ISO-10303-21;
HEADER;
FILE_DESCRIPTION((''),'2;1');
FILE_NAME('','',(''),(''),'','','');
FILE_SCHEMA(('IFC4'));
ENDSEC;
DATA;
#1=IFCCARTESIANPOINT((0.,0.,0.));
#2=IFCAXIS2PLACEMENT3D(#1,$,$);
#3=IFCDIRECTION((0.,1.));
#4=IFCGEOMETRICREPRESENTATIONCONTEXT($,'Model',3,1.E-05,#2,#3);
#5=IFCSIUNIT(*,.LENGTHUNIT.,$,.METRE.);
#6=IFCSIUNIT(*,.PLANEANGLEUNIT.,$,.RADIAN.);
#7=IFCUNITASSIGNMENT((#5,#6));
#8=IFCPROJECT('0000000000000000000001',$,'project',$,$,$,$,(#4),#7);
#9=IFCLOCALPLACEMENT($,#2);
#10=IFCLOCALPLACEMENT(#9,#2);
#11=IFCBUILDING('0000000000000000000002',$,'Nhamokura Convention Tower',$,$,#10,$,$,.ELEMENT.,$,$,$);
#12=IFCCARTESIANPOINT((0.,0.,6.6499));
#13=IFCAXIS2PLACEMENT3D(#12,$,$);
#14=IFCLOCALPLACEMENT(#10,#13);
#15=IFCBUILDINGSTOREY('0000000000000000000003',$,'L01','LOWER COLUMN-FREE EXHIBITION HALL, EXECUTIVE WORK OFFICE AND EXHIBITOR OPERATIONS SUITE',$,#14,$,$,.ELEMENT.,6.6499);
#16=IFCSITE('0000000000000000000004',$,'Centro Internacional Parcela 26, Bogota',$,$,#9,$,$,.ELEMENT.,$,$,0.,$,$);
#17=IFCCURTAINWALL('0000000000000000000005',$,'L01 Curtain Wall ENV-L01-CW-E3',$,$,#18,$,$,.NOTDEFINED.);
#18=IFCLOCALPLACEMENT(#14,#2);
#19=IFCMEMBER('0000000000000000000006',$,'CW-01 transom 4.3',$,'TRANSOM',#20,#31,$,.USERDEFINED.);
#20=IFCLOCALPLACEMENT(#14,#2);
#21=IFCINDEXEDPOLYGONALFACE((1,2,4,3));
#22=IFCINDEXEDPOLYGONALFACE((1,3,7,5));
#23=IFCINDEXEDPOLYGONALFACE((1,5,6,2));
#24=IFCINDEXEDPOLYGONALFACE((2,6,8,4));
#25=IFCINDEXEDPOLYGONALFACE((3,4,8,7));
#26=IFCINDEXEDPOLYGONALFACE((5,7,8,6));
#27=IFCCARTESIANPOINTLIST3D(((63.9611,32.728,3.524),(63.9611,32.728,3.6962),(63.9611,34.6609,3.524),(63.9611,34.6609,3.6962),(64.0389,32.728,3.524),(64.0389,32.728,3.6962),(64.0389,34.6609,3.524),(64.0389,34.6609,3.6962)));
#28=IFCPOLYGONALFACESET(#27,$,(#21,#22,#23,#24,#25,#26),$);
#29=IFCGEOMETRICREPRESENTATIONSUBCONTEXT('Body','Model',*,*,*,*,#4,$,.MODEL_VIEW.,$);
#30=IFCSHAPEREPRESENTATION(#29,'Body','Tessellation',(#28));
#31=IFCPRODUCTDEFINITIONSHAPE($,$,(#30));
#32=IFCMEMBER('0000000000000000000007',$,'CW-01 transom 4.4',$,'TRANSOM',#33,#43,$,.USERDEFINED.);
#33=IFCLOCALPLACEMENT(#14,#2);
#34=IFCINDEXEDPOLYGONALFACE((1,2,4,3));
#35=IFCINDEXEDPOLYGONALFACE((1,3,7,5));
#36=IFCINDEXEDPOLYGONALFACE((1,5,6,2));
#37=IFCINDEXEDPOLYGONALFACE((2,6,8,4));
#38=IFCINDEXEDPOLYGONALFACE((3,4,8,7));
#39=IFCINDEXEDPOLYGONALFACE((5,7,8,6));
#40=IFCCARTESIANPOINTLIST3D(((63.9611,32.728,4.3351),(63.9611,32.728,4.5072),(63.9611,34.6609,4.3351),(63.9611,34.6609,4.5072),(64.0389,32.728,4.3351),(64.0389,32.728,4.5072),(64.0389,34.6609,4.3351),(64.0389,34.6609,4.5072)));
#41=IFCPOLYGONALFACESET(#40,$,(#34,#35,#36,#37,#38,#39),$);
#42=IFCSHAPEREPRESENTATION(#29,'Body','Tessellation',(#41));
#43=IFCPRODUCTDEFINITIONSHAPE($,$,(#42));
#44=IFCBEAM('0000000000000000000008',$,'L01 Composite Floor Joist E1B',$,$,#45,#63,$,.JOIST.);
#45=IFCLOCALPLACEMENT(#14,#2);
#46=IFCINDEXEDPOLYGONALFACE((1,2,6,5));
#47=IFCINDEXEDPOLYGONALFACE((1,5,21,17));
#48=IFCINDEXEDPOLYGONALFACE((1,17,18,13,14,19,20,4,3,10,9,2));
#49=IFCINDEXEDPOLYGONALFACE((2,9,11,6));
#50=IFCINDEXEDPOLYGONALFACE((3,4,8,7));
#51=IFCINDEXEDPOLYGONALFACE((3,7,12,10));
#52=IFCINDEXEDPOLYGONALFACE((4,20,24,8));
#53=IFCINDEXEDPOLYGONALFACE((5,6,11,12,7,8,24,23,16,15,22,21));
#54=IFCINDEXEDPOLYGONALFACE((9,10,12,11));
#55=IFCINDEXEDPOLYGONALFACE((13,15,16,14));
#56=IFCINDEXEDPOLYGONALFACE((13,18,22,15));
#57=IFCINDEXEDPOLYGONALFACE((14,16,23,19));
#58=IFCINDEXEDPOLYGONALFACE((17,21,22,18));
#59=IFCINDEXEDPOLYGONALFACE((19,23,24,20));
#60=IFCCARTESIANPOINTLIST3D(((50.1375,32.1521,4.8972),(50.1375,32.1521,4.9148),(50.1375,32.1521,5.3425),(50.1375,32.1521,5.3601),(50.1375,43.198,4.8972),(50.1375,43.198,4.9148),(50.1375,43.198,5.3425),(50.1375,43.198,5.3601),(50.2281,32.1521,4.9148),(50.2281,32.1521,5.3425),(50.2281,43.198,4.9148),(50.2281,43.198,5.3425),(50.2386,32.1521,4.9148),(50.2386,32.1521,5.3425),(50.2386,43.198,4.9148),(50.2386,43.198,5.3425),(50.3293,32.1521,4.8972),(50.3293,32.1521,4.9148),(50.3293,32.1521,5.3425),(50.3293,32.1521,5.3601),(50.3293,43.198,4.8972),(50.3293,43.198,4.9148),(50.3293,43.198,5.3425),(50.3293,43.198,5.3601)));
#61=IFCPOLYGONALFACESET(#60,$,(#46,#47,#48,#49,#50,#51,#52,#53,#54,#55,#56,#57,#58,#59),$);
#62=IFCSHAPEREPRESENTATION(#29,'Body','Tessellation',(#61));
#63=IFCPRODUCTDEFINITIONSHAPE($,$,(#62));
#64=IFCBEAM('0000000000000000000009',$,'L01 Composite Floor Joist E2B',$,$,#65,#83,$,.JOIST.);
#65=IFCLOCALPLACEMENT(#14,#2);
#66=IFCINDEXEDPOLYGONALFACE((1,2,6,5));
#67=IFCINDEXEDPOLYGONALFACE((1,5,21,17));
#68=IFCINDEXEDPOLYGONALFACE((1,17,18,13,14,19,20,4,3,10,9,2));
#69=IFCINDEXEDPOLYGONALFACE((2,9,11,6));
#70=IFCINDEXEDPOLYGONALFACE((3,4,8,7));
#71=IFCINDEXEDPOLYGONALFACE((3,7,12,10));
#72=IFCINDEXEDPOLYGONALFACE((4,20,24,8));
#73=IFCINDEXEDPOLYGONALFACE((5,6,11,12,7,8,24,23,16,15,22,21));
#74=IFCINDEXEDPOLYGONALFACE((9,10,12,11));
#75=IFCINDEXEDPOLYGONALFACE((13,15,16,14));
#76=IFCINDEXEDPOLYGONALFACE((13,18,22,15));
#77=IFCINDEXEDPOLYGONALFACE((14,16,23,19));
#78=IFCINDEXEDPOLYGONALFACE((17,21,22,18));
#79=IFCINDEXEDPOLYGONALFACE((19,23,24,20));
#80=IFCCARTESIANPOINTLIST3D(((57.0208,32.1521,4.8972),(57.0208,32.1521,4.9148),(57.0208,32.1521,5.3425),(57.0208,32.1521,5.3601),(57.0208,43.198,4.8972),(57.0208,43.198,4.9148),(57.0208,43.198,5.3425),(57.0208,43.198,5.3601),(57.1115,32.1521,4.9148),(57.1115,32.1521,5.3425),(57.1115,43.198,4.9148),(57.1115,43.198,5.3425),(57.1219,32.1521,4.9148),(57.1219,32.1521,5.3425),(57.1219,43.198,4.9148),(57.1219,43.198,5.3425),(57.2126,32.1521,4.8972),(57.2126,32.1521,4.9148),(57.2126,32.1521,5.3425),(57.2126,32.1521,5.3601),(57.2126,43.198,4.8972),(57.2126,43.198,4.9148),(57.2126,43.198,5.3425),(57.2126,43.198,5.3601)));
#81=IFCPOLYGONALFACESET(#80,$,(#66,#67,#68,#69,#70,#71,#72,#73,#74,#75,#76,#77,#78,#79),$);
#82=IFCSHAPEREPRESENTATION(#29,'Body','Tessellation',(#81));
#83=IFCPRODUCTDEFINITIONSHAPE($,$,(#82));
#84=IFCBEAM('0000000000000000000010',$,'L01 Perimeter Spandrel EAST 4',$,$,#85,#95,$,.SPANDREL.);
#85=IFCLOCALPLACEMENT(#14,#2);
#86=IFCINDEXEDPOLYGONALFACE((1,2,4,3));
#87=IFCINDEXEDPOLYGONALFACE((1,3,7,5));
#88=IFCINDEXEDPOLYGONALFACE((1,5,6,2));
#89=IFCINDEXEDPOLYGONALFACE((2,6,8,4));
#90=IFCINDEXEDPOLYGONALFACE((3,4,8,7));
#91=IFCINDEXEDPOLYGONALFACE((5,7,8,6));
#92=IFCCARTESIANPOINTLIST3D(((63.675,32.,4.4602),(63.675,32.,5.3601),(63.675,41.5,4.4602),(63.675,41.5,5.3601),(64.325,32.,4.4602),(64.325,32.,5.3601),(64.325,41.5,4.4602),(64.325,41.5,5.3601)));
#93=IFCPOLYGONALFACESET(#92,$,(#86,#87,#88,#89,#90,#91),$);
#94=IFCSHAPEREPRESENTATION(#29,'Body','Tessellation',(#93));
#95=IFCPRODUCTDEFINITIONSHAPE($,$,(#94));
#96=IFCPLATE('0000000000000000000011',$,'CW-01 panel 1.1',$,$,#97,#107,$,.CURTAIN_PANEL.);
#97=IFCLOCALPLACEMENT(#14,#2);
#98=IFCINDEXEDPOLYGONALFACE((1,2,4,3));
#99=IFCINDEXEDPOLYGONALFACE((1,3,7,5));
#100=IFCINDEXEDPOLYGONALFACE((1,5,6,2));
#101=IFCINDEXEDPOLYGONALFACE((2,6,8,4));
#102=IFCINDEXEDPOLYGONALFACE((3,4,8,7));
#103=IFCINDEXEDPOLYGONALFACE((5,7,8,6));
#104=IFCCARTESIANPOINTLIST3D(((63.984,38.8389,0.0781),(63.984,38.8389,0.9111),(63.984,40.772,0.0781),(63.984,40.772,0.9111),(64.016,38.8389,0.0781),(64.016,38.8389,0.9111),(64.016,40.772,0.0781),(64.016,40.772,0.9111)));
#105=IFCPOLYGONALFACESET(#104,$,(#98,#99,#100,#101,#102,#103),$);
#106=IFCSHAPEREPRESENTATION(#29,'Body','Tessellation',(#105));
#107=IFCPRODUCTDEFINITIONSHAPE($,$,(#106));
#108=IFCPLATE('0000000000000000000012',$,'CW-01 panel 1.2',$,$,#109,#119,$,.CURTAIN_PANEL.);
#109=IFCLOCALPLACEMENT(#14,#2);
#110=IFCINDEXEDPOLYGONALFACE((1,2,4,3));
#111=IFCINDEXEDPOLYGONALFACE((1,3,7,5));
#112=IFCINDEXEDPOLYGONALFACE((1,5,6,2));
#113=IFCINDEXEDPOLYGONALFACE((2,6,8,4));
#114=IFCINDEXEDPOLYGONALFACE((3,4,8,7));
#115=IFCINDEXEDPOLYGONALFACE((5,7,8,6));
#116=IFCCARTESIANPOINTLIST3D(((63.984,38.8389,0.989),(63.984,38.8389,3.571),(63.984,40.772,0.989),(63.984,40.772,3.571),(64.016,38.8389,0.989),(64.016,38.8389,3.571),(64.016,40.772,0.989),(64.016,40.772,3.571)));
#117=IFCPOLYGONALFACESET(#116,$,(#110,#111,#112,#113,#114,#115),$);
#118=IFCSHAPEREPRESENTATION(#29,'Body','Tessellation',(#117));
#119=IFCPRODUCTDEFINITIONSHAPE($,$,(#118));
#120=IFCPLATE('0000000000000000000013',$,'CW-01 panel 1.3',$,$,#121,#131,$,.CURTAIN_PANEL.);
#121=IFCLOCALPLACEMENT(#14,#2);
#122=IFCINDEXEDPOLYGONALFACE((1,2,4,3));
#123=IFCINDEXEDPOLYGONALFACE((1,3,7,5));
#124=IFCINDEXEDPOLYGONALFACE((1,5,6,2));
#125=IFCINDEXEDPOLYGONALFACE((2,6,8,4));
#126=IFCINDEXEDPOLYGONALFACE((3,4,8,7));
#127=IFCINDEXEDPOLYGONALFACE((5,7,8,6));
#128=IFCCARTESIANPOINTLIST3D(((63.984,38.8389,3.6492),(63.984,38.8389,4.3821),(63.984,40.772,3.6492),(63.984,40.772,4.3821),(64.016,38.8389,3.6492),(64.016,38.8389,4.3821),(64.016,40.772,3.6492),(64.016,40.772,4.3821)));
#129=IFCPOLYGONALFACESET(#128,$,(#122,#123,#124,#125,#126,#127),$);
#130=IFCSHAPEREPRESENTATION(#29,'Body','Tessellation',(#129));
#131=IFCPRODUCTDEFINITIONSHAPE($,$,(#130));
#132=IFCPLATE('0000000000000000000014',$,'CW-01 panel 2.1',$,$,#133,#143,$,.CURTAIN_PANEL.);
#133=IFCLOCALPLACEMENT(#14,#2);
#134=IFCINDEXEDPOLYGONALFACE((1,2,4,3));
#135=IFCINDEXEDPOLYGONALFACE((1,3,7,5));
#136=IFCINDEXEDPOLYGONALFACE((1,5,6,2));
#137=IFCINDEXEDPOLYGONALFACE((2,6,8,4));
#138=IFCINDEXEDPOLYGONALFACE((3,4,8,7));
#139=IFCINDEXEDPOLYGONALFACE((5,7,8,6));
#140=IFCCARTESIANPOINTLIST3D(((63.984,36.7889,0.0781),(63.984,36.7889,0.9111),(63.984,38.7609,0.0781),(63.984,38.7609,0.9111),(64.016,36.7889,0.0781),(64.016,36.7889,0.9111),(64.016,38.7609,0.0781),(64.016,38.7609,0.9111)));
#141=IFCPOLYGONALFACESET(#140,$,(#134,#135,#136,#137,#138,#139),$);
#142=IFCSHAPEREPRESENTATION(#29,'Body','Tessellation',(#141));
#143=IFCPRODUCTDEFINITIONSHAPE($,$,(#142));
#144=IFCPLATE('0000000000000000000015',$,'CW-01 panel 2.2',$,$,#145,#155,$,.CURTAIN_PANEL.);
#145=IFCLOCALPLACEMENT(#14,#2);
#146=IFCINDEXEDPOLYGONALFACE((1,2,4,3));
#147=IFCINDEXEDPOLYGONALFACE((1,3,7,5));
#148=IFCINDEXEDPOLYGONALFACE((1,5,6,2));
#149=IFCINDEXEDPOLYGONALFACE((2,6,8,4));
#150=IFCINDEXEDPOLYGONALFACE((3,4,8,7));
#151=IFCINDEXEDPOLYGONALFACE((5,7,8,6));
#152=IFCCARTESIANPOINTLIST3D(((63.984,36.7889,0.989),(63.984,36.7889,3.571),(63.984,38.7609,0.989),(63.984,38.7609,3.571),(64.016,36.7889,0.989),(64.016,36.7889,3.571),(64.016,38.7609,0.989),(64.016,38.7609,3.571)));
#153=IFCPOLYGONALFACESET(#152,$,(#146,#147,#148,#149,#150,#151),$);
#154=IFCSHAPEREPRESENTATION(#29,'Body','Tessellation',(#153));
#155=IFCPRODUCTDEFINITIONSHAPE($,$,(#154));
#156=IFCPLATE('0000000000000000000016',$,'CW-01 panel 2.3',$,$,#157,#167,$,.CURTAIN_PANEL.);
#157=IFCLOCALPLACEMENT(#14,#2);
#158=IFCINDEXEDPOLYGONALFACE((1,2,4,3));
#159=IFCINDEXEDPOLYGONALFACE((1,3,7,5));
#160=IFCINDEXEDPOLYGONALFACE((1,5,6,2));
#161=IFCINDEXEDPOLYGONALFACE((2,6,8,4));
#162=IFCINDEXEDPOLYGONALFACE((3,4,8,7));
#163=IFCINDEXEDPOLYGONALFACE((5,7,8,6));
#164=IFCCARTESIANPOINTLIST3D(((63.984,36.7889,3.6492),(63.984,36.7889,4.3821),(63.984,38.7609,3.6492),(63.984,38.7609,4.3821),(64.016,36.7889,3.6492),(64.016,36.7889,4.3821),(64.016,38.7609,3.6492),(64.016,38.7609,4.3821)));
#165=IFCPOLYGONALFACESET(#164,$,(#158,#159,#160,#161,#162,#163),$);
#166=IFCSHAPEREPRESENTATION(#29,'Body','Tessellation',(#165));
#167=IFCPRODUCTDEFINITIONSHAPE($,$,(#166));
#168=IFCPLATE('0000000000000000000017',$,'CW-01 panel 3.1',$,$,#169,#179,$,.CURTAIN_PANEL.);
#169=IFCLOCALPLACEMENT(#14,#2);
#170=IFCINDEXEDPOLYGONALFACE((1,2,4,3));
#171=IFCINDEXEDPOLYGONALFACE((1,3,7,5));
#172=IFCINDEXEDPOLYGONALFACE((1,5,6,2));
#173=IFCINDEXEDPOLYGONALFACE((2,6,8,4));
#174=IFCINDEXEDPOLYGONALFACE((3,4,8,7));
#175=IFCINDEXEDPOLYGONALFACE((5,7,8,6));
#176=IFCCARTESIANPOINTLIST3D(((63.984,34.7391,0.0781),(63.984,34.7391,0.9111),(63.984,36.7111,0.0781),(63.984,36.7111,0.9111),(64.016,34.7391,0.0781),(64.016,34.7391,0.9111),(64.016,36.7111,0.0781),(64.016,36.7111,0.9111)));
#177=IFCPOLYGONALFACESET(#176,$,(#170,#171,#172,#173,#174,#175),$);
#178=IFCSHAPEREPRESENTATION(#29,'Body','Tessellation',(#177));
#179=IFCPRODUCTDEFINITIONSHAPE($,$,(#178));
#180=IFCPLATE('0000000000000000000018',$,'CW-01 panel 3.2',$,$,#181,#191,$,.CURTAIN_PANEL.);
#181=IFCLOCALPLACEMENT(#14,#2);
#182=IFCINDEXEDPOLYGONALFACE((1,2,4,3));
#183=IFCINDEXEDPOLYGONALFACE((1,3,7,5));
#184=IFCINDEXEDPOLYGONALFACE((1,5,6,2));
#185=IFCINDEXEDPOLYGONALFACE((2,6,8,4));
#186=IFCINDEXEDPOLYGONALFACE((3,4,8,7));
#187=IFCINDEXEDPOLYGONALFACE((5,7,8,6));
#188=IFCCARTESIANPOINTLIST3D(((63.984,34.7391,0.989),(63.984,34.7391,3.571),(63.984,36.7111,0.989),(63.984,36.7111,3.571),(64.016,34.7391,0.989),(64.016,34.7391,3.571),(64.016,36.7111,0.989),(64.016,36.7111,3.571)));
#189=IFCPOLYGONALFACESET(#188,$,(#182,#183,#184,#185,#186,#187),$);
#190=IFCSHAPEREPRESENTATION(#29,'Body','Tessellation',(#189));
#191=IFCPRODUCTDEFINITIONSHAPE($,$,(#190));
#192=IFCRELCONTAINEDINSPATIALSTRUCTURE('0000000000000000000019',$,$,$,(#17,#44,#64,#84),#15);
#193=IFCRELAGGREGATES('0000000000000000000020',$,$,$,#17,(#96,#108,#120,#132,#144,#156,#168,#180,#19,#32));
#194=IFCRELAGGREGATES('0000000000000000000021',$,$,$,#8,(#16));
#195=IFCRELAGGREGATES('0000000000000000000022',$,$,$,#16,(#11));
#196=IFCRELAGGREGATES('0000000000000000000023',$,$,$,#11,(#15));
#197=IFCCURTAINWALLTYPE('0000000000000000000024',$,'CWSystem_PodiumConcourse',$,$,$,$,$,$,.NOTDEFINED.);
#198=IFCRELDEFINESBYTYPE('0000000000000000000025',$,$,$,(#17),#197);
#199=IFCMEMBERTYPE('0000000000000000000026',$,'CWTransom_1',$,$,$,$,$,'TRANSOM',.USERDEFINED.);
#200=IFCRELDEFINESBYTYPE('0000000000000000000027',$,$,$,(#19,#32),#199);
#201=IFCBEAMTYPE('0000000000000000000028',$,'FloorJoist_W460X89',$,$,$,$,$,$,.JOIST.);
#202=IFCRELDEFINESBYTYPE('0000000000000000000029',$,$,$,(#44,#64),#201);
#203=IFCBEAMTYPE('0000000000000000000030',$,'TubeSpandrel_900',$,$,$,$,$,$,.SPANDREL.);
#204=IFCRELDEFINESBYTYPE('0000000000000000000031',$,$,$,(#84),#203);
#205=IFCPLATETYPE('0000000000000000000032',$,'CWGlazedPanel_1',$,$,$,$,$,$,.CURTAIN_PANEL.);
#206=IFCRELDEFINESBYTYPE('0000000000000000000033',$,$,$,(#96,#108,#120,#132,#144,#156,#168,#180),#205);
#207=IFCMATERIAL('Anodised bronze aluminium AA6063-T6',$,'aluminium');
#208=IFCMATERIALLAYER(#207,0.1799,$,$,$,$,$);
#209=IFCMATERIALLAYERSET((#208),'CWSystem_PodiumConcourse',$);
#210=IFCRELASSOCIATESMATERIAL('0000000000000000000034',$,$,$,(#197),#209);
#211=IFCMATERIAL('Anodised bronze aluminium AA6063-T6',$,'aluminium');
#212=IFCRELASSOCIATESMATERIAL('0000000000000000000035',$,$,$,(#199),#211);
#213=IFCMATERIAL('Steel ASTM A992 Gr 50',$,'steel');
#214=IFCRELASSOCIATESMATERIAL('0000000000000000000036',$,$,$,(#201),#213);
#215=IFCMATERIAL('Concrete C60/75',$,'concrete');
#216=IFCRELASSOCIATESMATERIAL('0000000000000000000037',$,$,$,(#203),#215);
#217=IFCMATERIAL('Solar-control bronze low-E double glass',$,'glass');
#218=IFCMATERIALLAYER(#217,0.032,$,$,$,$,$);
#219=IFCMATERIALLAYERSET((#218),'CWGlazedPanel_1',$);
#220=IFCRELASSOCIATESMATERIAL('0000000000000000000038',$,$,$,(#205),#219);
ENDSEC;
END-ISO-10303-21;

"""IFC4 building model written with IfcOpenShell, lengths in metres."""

from ifc_helpers import new_model, si_unit, direction, frame, origin, origin_2d, place, context, subcontext, project, spatial, rectangle, i_section, extrude, material, layer, layer_set, material_profile, profile_set, type_object, element, aggregate, save


model = new_model("IFC4")

# Units and contexts
model_context = context("Model", 3, precision=1e-05, world=origin(), true_north=direction((0.0, 1.0)))
body_context = subcontext(model_context, "Body", "Model", "MODEL_VIEW")
ifc_project = project(units=[si_unit("LENGTHUNIT", "METRE"), si_unit("PLANEANGLEUNIT", "RADIAN")], contexts=[model_context])

# Site, building, storey
site_placement = place(None, origin())
site = spatial("IfcSite", under=ifc_project, at=site_placement, Name="Centro Internacional Parcela 26, Bogota", CompositionType="ELEMENT", RefElevation=0.0)
building_placement = place(site_placement, origin())
building = spatial("IfcBuilding", under=site, at=building_placement, Name="Nhamokura Convention Tower", CompositionType="ELEMENT")
storey_placement = place(building_placement, frame((0.0, 0.0, 6.6499)))
storey = spatial("IfcBuildingStorey", under=building, at=storey_placement, Name="L01", Description="LOWER COLUMN-FREE EXHIBITION HALL, EXECUTIVE WORK OFFICE AND EXHIBITOR OPERATIONS SUITE", CompositionType="ELEMENT", Elevation=6.6499)

# Curtain wall, members
ifc_material_1 = material(Name="Anodised bronze aluminium AA6063-T6", Category="aluminium")
ifc_layer_1 = layer(ifc_material_1, 0.1799)
ifc_layer_set_1 = layer_set([ifc_layer_1], Name="CWSystem_PodiumConcourse")
curtain_wall_type = type_object("IfcCurtainWallType", Name="CWSystem_PodiumConcourse", PredefinedType="NOTDEFINED", material=ifc_layer_set_1)
curtain_wall_placement = place(storey_placement, origin())
curtain_wall = element("IfcCurtainWall", 1, at=curtain_wall_placement, inside=storey, type_object=curtain_wall_type, Name="L01 Curtain Wall ENV-L01-CW-E3", PredefinedType="NOTDEFINED")
ifc_material_2 = material(Name="Anodised bronze aluminium AA6063-T6", Category="aluminium")
ifc_material_profile_1 = material_profile(ifc_material_2, rectangle(XDim=0.0779, YDim=0.1721, at=origin_2d()))
ifc_profile_set_1 = profile_set([ifc_material_profile_1], Name="Anodised bronze aluminium AA6063-T6")
member_type_1 = type_object("IfcMemberType", Name="CWTransom_1", ElementType="TRANSOM", PredefinedType="USERDEFINED", material=ifc_profile_set_1)
member_1_placement = place(storey_placement, frame((64.0, 34.6609, 3.6101), z_axis=(0.0, -1.0, 0.0), x_axis=(1.0, 0.0, 0.0)))
member_1 = element("IfcMember", 2, at=member_1_placement, type_object=member_type_1, Name="CW-01 transom 4.3", ObjectType="TRANSOM", PredefinedType="USERDEFINED", context=body_context, shape_type="SweptSolid", body=[
    extrude(rectangle(XDim=0.0779, YDim=0.1721, at=origin_2d()), origin(), (0.0, 0.0, 1.0), 1.9329),
])
member_2_placement = place(storey_placement, frame((64.0, 34.6609, 4.4211), z_axis=(0.0, -1.0, 0.0), x_axis=(1.0, 0.0, 0.0)))
member_2 = element("IfcMember", 3, at=member_2_placement, type_object=member_type_1, Name="CW-01 transom 4.4", ObjectType="TRANSOM", PredefinedType="USERDEFINED", context=body_context, shape_type="SweptSolid", body=[
    extrude(rectangle(XDim=0.0779, YDim=0.1721, at=origin_2d()), origin(), (0.0, 0.0, 1.0), 1.9329),
])

# Beams
ifc_material_3 = material(Name="Steel ASTM A992 Gr 50", Category="steel")
ifc_material_profile_2 = material_profile(ifc_material_3, i_section(OverallWidth=0.1919, OverallDepth=0.4629, WebThickness=0.0105, FlangeThickness=0.0176, at=origin_2d()))
ifc_profile_set_2 = profile_set([ifc_material_profile_2], Name="Steel ASTM A992 Gr 50")
beam_type_1 = type_object("IfcBeamType", Name="FloorJoist_W460X89", PredefinedType="JOIST", material=ifc_profile_set_2)
for number, where, z_axis, x_axis, name in (
    (4, (50.2334, 32.1521, 5.1287), (0.0, 1.0, 0.0), (-1.0, 0.0, 0.0), "L01 Composite Floor Joist E1B"),
    (5, (57.1167, 32.1521, 5.1287), (0.0, 1.0, 0.0), (-1.0, 0.0, 0.0), "L01 Composite Floor Joist E2B"),
):
    element("IfcBeam", number, at=place(storey_placement, frame(where, z_axis=z_axis, x_axis=x_axis)), inside=storey, type_object=beam_type_1, Name=name, PredefinedType="JOIST", context=body_context, shape_type="SweptSolid", body=[
        extrude(i_section(OverallWidth=0.1919, OverallDepth=0.4629, WebThickness=0.0105, FlangeThickness=0.0176, at=origin_2d()), origin(), (0.0, 0.0, 1.0), 11.0459),
    ])
ifc_material_4 = material(Name="Concrete C60/75", Category="concrete")
ifc_material_profile_3 = material_profile(ifc_material_4, rectangle(XDim=0.6499, YDim=0.8999, at=origin_2d()))
ifc_profile_set_3 = profile_set([ifc_material_profile_3], Name="Concrete C60/75")
beam_type_2 = type_object("IfcBeamType", Name="TubeSpandrel_900", PredefinedType="SPANDREL", material=ifc_profile_set_3)
beam_placement = place(storey_placement, frame((64.0, 32.0, 4.9102), z_axis=(0.0, 1.0, 0.0), x_axis=(-1.0, 0.0, 0.0)))
element("IfcBeam", 6, at=beam_placement, inside=storey, type_object=beam_type_2, Name="L01 Perimeter Spandrel EAST 4", PredefinedType="SPANDREL", context=body_context, shape_type="SweptSolid", body=[
    extrude(rectangle(XDim=0.6499, YDim=0.8999, at=origin_2d()), origin(), (0.0, 0.0, 1.0), 9.5),
])

# Plates
ifc_material_5 = material(Name="Solar-control bronze low-E double glass", Category="glass")
ifc_layer_2 = layer(ifc_material_5, 0.032)
ifc_layer_set_2 = layer_set([ifc_layer_2], Name="CWGlazedPanel_1")
plate_type = type_object("IfcPlateType", Name="CWGlazedPanel_1", PredefinedType="CURTAIN_PANEL", material=ifc_layer_set_2)
plate_1_placement = place(storey_placement, frame((64.0, 39.8054, 0.0781), z_axis=(0.0, 0.0, 1.0), x_axis=(0.0, -1.0, 0.0)))
plate_1 = element("IfcPlate", 7, at=plate_1_placement, type_object=plate_type, Name="CW-01 panel 1.1", PredefinedType="CURTAIN_PANEL", context=body_context, shape_type="SweptSolid", body=[
    extrude(rectangle(XDim=1.9331, YDim=0.032, at=origin_2d()), origin(), (0.0, 0.0, 1.0), 0.833),
])
plate_2_placement = place(storey_placement, frame((64.0, 39.8054, 0.989), z_axis=(0.0, 0.0, 1.0), x_axis=(0.0, -1.0, 0.0)))
plate_2 = element("IfcPlate", 8, at=plate_2_placement, type_object=plate_type, Name="CW-01 panel 1.2", PredefinedType="CURTAIN_PANEL", context=body_context, shape_type="SweptSolid", body=[
    extrude(rectangle(XDim=1.9331, YDim=0.032, at=origin_2d()), origin(), (0.0, 0.0, 1.0), 2.582),
])
plate_3_placement = place(storey_placement, frame((64.0, 39.8054, 3.6492), z_axis=(0.0, 0.0, 1.0), x_axis=(0.0, -1.0, 0.0)))
plate_3 = element("IfcPlate", 9, at=plate_3_placement, type_object=plate_type, Name="CW-01 panel 1.3", PredefinedType="CURTAIN_PANEL", context=body_context, shape_type="SweptSolid", body=[
    extrude(rectangle(XDim=1.9331, YDim=0.032, at=origin_2d()), origin(), (0.0, 0.0, 1.0), 0.7329),
])
plate_4_placement = place(storey_placement, frame((64.0, 37.7749, 0.0781), z_axis=(0.0, 0.0, 1.0), x_axis=(0.0, -1.0, 0.0)))
plate_4 = element("IfcPlate", 10, at=plate_4_placement, type_object=plate_type, Name="CW-01 panel 2.1", PredefinedType="CURTAIN_PANEL", context=body_context, shape_type="SweptSolid", body=[
    extrude(rectangle(XDim=1.9719, YDim=0.032, at=origin_2d()), origin(), (0.0, 0.0, 1.0), 0.833),
])
plate_5_placement = place(storey_placement, frame((64.0, 37.7749, 0.989), z_axis=(0.0, 0.0, 1.0), x_axis=(0.0, -1.0, 0.0)))
plate_5 = element("IfcPlate", 11, at=plate_5_placement, type_object=plate_type, Name="CW-01 panel 2.2", PredefinedType="CURTAIN_PANEL", context=body_context, shape_type="SweptSolid", body=[
    extrude(rectangle(XDim=1.9719, YDim=0.032, at=origin_2d()), origin(), (0.0, 0.0, 1.0), 2.582),
])
plate_6_placement = place(storey_placement, frame((64.0, 37.7749, 3.6492), z_axis=(0.0, 0.0, 1.0), x_axis=(0.0, -1.0, 0.0)))
plate_6 = element("IfcPlate", 12, at=plate_6_placement, type_object=plate_type, Name="CW-01 panel 2.3", PredefinedType="CURTAIN_PANEL", context=body_context, shape_type="SweptSolid", body=[
    extrude(rectangle(XDim=1.9719, YDim=0.032, at=origin_2d()), origin(), (0.0, 0.0, 1.0), 0.7329),
])
plate_7_placement = place(storey_placement, frame((64.0, 35.7251, 0.0781), z_axis=(0.0, 0.0, 1.0), x_axis=(0.0, -1.0, 0.0)))
plate_7 = element("IfcPlate", 13, at=plate_7_placement, type_object=plate_type, Name="CW-01 panel 3.1", PredefinedType="CURTAIN_PANEL", context=body_context, shape_type="SweptSolid", body=[
    extrude(rectangle(XDim=1.9719, YDim=0.032, at=origin_2d()), origin(), (0.0, 0.0, 1.0), 0.833),
])
plate_8_placement = place(storey_placement, frame((64.0, 35.7251, 0.989), z_axis=(0.0, 0.0, 1.0), x_axis=(0.0, -1.0, 0.0)))
plate_8 = element("IfcPlate", 14, at=plate_8_placement, type_object=plate_type, Name="CW-01 panel 3.2", PredefinedType="CURTAIN_PANEL", context=body_context, shape_type="SweptSolid", body=[
    extrude(rectangle(XDim=1.9719, YDim=0.032, at=origin_2d()), origin(), (0.0, 0.0, 1.0), 2.582),
])
aggregate(curtain_wall, [plate_1, plate_2, plate_3, plate_4, plate_5, plate_6, plate_7, plate_8, member_1, member_2])

save(model, "model.ifc")
